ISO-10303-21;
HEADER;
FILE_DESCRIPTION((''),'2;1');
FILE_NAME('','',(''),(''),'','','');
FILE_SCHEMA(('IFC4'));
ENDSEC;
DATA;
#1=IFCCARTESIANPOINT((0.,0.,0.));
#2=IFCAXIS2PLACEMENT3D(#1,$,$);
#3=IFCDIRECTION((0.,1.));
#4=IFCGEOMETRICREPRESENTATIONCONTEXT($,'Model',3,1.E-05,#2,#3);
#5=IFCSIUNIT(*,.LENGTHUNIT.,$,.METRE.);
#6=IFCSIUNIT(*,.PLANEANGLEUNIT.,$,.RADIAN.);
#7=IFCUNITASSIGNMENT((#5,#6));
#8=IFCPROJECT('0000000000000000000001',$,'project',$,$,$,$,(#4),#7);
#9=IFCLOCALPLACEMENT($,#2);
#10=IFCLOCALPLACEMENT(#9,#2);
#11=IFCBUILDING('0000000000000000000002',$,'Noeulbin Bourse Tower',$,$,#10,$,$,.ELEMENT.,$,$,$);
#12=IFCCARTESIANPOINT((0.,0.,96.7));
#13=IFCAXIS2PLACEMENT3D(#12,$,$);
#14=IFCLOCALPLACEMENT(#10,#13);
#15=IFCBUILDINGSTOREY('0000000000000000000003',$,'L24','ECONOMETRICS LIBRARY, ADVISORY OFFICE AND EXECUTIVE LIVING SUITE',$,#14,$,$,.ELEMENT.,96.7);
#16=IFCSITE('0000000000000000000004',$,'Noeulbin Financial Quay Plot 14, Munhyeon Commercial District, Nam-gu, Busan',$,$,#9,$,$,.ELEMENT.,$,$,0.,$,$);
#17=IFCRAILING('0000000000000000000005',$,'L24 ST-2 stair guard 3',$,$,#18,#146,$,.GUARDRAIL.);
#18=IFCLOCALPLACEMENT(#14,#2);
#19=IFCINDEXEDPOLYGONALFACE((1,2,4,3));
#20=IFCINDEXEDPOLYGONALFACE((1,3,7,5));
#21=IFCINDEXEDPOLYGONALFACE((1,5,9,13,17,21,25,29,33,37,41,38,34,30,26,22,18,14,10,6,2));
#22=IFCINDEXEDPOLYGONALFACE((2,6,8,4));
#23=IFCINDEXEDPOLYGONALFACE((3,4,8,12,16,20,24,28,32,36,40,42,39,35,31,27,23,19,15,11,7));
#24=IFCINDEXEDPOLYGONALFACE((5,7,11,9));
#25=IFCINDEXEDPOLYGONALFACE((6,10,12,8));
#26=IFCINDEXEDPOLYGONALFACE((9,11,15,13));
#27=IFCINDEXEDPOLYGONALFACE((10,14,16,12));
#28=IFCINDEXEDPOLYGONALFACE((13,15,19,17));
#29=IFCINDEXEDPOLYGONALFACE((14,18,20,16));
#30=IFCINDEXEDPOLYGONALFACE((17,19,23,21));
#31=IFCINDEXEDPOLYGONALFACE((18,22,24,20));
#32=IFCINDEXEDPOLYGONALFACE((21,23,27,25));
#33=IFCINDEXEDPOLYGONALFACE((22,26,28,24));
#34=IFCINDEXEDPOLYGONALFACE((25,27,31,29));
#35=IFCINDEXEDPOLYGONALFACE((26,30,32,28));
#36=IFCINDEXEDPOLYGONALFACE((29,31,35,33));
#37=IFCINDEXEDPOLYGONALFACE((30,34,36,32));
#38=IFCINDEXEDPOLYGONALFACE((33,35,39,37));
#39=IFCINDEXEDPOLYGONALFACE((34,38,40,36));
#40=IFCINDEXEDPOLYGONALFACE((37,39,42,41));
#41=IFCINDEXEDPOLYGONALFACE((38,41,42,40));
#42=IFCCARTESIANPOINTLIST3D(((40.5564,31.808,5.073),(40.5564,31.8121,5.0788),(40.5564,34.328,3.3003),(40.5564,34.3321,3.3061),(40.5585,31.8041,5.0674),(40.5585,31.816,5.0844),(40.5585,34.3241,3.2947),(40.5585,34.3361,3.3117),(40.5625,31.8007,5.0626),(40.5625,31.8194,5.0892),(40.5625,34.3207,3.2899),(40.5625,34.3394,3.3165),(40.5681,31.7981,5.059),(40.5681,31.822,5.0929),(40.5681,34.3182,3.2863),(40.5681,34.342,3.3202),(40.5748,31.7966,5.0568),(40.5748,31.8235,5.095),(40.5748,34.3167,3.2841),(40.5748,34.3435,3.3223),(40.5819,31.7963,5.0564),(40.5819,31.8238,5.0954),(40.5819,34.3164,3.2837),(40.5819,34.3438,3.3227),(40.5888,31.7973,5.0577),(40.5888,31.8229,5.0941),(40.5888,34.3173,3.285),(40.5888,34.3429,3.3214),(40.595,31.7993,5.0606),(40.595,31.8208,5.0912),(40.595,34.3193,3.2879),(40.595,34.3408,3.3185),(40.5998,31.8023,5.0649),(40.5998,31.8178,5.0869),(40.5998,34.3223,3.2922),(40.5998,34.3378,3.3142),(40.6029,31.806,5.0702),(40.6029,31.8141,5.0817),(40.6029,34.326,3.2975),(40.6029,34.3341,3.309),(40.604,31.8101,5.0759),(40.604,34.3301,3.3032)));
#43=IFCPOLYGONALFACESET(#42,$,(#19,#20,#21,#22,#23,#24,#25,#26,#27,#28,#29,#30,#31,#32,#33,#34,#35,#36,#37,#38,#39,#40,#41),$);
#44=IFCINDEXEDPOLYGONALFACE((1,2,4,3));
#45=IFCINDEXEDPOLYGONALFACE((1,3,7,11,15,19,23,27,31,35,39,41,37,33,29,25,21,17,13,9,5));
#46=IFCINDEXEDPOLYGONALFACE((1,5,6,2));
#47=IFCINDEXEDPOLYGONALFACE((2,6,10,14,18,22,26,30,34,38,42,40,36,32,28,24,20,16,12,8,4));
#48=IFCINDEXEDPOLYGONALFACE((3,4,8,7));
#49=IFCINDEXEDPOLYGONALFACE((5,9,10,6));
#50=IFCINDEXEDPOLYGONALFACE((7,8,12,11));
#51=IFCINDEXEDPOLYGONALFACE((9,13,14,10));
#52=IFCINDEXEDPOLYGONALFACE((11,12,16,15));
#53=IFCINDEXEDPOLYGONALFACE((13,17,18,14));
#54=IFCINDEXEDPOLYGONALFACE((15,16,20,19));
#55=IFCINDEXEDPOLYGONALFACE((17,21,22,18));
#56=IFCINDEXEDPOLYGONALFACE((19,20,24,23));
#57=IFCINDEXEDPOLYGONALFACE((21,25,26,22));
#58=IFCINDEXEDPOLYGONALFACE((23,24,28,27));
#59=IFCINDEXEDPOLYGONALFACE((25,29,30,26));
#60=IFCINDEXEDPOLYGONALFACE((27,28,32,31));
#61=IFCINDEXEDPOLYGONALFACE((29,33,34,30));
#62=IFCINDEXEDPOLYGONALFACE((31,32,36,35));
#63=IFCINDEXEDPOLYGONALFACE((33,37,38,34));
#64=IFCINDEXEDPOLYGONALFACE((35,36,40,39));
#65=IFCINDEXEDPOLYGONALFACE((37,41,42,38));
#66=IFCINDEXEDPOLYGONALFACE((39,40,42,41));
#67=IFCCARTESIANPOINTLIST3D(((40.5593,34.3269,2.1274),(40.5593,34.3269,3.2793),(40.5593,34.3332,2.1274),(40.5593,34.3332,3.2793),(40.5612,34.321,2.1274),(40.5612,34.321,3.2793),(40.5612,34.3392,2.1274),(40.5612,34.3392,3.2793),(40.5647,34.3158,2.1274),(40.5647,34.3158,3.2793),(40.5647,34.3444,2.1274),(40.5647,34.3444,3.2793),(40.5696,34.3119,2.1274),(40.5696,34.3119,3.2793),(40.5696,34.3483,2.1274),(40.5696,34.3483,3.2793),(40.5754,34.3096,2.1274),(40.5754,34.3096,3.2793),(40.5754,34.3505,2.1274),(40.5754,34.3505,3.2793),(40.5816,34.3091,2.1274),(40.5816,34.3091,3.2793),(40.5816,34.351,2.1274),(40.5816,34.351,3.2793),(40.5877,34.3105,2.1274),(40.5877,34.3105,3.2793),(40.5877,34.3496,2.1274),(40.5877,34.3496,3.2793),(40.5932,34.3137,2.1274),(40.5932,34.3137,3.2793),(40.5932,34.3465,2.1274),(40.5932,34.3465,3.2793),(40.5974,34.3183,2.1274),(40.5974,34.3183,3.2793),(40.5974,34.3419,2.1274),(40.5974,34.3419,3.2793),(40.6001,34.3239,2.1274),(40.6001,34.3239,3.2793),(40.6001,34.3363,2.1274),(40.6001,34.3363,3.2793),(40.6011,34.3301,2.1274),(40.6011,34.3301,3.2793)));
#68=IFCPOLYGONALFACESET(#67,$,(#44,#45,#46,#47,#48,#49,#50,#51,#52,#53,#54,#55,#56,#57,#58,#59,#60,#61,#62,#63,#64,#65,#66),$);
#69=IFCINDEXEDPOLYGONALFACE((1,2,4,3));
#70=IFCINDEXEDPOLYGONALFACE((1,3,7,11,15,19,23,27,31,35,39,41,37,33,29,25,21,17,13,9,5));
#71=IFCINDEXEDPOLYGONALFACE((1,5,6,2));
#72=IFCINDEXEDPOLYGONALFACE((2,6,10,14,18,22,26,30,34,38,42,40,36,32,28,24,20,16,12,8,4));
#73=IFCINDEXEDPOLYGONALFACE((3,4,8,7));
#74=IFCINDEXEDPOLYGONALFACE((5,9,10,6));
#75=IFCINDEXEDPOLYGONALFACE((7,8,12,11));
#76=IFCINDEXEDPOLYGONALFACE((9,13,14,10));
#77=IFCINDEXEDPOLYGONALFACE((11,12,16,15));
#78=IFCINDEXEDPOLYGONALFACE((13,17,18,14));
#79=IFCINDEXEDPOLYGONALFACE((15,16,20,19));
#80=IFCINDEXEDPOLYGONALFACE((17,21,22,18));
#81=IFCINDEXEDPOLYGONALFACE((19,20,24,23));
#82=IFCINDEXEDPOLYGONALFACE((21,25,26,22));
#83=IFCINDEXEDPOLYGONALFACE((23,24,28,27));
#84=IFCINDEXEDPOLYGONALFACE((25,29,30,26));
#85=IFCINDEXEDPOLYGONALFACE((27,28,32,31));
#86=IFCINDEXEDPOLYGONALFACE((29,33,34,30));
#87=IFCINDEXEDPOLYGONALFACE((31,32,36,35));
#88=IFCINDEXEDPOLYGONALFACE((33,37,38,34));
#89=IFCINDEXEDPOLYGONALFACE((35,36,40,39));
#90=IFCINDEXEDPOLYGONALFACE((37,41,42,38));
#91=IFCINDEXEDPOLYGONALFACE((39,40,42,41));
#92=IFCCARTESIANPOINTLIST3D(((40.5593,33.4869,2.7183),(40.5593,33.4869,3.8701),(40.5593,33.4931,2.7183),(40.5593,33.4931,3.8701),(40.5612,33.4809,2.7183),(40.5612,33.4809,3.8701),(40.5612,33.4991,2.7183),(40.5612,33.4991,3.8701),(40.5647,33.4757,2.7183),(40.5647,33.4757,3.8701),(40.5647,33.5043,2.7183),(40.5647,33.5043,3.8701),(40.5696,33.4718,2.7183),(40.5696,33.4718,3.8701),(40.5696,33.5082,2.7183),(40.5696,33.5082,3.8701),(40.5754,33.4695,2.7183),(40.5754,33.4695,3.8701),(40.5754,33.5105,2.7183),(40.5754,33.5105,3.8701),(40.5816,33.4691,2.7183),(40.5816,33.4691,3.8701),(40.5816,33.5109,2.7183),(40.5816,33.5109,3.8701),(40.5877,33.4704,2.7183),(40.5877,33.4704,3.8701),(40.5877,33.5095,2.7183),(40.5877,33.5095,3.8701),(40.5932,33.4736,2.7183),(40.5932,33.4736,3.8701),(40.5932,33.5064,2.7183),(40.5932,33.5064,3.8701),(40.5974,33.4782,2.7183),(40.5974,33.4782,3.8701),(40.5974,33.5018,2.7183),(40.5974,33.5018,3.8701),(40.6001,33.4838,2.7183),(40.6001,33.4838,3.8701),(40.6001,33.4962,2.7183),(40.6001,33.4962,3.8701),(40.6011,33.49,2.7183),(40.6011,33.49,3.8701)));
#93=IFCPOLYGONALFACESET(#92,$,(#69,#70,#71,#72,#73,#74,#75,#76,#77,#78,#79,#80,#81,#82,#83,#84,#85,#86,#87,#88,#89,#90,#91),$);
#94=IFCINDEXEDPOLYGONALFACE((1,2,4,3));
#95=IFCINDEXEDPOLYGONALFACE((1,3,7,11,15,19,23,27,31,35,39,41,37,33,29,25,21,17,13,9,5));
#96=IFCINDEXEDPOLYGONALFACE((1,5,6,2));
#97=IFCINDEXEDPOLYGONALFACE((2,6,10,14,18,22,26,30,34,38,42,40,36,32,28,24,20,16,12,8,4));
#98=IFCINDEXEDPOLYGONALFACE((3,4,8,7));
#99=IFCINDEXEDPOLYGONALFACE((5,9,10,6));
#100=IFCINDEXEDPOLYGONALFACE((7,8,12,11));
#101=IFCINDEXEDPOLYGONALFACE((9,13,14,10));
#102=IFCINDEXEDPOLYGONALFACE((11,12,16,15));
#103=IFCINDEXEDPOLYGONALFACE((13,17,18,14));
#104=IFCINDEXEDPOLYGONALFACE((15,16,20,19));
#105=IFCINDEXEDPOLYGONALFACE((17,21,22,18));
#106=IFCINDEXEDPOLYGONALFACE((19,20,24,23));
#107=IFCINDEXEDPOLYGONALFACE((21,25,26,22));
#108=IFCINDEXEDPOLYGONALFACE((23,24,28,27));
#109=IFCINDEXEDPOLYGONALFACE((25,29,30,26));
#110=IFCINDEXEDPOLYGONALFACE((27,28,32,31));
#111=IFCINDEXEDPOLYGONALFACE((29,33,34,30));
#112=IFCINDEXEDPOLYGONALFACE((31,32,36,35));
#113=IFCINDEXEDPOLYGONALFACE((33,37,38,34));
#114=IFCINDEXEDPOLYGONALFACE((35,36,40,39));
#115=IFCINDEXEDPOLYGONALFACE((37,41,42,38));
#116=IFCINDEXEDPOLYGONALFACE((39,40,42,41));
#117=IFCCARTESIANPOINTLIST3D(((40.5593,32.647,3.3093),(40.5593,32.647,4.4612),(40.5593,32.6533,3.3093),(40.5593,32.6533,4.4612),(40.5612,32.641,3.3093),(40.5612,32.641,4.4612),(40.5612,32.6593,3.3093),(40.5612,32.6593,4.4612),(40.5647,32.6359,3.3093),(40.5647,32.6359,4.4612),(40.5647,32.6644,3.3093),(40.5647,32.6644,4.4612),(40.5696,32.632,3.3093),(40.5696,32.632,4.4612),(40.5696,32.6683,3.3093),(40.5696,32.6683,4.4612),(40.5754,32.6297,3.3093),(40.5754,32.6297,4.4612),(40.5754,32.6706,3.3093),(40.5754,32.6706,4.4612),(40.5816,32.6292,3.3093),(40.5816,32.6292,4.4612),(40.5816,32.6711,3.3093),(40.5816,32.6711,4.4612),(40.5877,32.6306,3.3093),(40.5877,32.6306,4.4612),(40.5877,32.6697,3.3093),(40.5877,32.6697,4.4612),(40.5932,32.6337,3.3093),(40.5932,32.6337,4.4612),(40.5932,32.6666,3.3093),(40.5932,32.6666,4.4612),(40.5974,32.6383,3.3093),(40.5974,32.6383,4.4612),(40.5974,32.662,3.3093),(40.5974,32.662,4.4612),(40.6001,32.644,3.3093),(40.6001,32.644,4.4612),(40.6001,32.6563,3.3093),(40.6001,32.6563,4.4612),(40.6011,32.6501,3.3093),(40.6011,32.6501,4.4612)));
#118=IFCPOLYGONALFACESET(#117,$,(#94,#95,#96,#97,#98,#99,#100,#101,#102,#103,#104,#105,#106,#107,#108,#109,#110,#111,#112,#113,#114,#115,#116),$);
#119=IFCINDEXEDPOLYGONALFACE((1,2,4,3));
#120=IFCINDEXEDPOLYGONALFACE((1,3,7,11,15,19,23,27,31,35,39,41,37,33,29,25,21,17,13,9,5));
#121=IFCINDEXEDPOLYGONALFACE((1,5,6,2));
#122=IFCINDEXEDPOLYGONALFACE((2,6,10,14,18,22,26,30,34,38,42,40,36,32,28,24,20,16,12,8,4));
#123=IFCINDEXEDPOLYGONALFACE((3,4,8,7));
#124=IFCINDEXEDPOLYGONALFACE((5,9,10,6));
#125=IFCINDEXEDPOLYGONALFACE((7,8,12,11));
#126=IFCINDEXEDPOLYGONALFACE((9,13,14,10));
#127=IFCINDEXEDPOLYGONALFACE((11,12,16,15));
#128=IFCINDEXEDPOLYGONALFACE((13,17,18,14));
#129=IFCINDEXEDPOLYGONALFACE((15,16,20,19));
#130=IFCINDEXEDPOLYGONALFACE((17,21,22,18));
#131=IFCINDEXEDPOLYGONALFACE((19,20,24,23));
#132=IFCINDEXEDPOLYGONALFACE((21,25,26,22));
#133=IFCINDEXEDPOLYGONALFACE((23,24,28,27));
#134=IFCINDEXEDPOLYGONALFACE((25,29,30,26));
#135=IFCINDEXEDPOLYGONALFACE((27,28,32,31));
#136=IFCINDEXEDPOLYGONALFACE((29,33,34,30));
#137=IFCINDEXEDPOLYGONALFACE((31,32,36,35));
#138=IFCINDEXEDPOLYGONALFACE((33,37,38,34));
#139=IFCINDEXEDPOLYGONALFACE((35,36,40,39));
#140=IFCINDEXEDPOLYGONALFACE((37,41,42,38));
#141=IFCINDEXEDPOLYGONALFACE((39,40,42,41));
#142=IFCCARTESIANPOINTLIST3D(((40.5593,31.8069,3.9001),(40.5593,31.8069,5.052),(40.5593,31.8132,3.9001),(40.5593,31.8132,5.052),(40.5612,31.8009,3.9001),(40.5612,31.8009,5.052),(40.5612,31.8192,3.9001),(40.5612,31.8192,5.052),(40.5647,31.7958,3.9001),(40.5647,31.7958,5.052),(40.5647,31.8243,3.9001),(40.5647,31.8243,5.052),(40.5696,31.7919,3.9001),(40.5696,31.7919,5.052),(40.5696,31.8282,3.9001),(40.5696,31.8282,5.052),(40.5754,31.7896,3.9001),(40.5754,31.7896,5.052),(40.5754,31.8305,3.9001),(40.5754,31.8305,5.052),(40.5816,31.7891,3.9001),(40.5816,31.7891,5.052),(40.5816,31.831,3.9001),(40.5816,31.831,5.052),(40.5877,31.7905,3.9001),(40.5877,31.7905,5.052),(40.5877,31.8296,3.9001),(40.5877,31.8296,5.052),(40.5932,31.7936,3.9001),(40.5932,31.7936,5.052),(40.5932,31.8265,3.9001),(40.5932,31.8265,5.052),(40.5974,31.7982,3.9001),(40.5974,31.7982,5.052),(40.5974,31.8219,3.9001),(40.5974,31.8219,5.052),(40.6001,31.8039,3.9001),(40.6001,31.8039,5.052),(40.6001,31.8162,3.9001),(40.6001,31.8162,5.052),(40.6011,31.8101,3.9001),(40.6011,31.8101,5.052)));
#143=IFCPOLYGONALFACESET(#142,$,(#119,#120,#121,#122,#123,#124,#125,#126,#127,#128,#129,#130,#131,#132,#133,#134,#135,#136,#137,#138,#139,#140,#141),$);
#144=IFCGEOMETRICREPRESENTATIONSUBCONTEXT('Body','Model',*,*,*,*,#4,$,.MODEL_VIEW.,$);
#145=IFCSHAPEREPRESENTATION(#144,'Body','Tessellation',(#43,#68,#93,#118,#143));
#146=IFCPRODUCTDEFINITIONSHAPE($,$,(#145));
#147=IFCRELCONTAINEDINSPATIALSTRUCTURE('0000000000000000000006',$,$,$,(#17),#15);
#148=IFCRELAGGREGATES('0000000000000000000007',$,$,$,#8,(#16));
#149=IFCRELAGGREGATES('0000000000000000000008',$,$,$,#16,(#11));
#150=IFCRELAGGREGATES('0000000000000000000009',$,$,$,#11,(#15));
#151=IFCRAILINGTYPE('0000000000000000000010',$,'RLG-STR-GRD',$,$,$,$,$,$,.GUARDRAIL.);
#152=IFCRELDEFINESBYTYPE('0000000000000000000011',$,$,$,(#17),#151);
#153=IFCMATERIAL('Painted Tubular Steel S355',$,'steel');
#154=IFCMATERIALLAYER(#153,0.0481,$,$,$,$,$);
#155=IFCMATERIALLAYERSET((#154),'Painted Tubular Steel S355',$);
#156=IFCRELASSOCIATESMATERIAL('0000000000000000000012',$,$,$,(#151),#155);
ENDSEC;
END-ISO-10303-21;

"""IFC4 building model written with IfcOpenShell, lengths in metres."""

from ifc_helpers import new_model, si_unit, direction, frame, origin, origin_2d, place, context, subcontext, project, spatial, circle, extrude, material, layer, layer_set, type_object, element, save


model = new_model("IFC4")

# Units and contexts
model_context = context("Model", 3, precision=1e-05, world=origin(), true_north=direction((0.0, 1.0)))
body_context = subcontext(model_context, "Body", "Model", "MODEL_VIEW")
ifc_project = project(units=[si_unit("LENGTHUNIT", "METRE"), si_unit("PLANEANGLEUNIT", "RADIAN")], contexts=[model_context])

# Site, building, storey
site_placement = place(None, origin())
site = spatial("IfcSite", under=ifc_project, at=site_placement, Name="Noeulbin Financial Quay Plot 14, Munhyeon Commercial District, Nam-gu, Busan", CompositionType="ELEMENT", RefElevation=0.0)
building_placement = place(site_placement, origin())
building = spatial("IfcBuilding", under=site, at=building_placement, Name="Noeulbin Bourse Tower", CompositionType="ELEMENT")
storey_placement = place(building_placement, frame((0.0, 0.0, 96.7)))
storey = spatial("IfcBuildingStorey", under=building, at=storey_placement, Name="L24", Description="ECONOMETRICS LIBRARY, ADVISORY OFFICE AND EXECUTIVE LIVING SUITE", CompositionType="ELEMENT", Elevation=96.7)

# Railing
ifc_material_1 = material(Name="Painted Tubular Steel S355", Category="steel")
ifc_layer_1 = layer(ifc_material_1, 0.0481)
ifc_layer_set_1 = layer_set([ifc_layer_1], Name="Painted Tubular Steel S355")
railing_type_1 = type_object("IfcRailingType", Name="RLG-STR-GRD", PredefinedType="GUARDRAIL", material=ifc_layer_set_1)
railing_1_placement = place(storey_placement, frame((40.5801, 34.3301, 2.1274)))
element("IfcRailing", 1, at=railing_1_placement, inside=storey, type_object=railing_type_1, Name="L24 ST-2 stair guard 3", PredefinedType="GUARDRAIL", context=body_context, shape_type="SweptSolid", body=[
    extrude(circle(Radius=0.0239, at=origin_2d()), frame((0.0, 0.0, 1.1758), z_axis=(0.0, -0.817904, 0.575354), x_axis=(1.0, 0.0, 0.0)), (0.0, 0.0, 1.0), 3.0811),
    extrude(circle(Radius=0.021, at=origin_2d()), origin(), (0.0, 0.0, 1.0), 1.1519),
    extrude(circle(Radius=0.021, at=origin_2d()), frame((0.0, -0.8401, 0.5908)), (0.0, 0.0, 1.0), 1.1519),
    extrude(circle(Radius=0.021, at=origin_2d()), frame((0.0, -1.6799, 1.1819)), (0.0, 0.0, 1.0), 1.1519),
    extrude(circle(Radius=0.021, at=origin_2d()), frame((0.0, -2.52, 1.7727)), (0.0, 0.0, 1.0), 1.1519),
])

save(model, "model.ifc")
